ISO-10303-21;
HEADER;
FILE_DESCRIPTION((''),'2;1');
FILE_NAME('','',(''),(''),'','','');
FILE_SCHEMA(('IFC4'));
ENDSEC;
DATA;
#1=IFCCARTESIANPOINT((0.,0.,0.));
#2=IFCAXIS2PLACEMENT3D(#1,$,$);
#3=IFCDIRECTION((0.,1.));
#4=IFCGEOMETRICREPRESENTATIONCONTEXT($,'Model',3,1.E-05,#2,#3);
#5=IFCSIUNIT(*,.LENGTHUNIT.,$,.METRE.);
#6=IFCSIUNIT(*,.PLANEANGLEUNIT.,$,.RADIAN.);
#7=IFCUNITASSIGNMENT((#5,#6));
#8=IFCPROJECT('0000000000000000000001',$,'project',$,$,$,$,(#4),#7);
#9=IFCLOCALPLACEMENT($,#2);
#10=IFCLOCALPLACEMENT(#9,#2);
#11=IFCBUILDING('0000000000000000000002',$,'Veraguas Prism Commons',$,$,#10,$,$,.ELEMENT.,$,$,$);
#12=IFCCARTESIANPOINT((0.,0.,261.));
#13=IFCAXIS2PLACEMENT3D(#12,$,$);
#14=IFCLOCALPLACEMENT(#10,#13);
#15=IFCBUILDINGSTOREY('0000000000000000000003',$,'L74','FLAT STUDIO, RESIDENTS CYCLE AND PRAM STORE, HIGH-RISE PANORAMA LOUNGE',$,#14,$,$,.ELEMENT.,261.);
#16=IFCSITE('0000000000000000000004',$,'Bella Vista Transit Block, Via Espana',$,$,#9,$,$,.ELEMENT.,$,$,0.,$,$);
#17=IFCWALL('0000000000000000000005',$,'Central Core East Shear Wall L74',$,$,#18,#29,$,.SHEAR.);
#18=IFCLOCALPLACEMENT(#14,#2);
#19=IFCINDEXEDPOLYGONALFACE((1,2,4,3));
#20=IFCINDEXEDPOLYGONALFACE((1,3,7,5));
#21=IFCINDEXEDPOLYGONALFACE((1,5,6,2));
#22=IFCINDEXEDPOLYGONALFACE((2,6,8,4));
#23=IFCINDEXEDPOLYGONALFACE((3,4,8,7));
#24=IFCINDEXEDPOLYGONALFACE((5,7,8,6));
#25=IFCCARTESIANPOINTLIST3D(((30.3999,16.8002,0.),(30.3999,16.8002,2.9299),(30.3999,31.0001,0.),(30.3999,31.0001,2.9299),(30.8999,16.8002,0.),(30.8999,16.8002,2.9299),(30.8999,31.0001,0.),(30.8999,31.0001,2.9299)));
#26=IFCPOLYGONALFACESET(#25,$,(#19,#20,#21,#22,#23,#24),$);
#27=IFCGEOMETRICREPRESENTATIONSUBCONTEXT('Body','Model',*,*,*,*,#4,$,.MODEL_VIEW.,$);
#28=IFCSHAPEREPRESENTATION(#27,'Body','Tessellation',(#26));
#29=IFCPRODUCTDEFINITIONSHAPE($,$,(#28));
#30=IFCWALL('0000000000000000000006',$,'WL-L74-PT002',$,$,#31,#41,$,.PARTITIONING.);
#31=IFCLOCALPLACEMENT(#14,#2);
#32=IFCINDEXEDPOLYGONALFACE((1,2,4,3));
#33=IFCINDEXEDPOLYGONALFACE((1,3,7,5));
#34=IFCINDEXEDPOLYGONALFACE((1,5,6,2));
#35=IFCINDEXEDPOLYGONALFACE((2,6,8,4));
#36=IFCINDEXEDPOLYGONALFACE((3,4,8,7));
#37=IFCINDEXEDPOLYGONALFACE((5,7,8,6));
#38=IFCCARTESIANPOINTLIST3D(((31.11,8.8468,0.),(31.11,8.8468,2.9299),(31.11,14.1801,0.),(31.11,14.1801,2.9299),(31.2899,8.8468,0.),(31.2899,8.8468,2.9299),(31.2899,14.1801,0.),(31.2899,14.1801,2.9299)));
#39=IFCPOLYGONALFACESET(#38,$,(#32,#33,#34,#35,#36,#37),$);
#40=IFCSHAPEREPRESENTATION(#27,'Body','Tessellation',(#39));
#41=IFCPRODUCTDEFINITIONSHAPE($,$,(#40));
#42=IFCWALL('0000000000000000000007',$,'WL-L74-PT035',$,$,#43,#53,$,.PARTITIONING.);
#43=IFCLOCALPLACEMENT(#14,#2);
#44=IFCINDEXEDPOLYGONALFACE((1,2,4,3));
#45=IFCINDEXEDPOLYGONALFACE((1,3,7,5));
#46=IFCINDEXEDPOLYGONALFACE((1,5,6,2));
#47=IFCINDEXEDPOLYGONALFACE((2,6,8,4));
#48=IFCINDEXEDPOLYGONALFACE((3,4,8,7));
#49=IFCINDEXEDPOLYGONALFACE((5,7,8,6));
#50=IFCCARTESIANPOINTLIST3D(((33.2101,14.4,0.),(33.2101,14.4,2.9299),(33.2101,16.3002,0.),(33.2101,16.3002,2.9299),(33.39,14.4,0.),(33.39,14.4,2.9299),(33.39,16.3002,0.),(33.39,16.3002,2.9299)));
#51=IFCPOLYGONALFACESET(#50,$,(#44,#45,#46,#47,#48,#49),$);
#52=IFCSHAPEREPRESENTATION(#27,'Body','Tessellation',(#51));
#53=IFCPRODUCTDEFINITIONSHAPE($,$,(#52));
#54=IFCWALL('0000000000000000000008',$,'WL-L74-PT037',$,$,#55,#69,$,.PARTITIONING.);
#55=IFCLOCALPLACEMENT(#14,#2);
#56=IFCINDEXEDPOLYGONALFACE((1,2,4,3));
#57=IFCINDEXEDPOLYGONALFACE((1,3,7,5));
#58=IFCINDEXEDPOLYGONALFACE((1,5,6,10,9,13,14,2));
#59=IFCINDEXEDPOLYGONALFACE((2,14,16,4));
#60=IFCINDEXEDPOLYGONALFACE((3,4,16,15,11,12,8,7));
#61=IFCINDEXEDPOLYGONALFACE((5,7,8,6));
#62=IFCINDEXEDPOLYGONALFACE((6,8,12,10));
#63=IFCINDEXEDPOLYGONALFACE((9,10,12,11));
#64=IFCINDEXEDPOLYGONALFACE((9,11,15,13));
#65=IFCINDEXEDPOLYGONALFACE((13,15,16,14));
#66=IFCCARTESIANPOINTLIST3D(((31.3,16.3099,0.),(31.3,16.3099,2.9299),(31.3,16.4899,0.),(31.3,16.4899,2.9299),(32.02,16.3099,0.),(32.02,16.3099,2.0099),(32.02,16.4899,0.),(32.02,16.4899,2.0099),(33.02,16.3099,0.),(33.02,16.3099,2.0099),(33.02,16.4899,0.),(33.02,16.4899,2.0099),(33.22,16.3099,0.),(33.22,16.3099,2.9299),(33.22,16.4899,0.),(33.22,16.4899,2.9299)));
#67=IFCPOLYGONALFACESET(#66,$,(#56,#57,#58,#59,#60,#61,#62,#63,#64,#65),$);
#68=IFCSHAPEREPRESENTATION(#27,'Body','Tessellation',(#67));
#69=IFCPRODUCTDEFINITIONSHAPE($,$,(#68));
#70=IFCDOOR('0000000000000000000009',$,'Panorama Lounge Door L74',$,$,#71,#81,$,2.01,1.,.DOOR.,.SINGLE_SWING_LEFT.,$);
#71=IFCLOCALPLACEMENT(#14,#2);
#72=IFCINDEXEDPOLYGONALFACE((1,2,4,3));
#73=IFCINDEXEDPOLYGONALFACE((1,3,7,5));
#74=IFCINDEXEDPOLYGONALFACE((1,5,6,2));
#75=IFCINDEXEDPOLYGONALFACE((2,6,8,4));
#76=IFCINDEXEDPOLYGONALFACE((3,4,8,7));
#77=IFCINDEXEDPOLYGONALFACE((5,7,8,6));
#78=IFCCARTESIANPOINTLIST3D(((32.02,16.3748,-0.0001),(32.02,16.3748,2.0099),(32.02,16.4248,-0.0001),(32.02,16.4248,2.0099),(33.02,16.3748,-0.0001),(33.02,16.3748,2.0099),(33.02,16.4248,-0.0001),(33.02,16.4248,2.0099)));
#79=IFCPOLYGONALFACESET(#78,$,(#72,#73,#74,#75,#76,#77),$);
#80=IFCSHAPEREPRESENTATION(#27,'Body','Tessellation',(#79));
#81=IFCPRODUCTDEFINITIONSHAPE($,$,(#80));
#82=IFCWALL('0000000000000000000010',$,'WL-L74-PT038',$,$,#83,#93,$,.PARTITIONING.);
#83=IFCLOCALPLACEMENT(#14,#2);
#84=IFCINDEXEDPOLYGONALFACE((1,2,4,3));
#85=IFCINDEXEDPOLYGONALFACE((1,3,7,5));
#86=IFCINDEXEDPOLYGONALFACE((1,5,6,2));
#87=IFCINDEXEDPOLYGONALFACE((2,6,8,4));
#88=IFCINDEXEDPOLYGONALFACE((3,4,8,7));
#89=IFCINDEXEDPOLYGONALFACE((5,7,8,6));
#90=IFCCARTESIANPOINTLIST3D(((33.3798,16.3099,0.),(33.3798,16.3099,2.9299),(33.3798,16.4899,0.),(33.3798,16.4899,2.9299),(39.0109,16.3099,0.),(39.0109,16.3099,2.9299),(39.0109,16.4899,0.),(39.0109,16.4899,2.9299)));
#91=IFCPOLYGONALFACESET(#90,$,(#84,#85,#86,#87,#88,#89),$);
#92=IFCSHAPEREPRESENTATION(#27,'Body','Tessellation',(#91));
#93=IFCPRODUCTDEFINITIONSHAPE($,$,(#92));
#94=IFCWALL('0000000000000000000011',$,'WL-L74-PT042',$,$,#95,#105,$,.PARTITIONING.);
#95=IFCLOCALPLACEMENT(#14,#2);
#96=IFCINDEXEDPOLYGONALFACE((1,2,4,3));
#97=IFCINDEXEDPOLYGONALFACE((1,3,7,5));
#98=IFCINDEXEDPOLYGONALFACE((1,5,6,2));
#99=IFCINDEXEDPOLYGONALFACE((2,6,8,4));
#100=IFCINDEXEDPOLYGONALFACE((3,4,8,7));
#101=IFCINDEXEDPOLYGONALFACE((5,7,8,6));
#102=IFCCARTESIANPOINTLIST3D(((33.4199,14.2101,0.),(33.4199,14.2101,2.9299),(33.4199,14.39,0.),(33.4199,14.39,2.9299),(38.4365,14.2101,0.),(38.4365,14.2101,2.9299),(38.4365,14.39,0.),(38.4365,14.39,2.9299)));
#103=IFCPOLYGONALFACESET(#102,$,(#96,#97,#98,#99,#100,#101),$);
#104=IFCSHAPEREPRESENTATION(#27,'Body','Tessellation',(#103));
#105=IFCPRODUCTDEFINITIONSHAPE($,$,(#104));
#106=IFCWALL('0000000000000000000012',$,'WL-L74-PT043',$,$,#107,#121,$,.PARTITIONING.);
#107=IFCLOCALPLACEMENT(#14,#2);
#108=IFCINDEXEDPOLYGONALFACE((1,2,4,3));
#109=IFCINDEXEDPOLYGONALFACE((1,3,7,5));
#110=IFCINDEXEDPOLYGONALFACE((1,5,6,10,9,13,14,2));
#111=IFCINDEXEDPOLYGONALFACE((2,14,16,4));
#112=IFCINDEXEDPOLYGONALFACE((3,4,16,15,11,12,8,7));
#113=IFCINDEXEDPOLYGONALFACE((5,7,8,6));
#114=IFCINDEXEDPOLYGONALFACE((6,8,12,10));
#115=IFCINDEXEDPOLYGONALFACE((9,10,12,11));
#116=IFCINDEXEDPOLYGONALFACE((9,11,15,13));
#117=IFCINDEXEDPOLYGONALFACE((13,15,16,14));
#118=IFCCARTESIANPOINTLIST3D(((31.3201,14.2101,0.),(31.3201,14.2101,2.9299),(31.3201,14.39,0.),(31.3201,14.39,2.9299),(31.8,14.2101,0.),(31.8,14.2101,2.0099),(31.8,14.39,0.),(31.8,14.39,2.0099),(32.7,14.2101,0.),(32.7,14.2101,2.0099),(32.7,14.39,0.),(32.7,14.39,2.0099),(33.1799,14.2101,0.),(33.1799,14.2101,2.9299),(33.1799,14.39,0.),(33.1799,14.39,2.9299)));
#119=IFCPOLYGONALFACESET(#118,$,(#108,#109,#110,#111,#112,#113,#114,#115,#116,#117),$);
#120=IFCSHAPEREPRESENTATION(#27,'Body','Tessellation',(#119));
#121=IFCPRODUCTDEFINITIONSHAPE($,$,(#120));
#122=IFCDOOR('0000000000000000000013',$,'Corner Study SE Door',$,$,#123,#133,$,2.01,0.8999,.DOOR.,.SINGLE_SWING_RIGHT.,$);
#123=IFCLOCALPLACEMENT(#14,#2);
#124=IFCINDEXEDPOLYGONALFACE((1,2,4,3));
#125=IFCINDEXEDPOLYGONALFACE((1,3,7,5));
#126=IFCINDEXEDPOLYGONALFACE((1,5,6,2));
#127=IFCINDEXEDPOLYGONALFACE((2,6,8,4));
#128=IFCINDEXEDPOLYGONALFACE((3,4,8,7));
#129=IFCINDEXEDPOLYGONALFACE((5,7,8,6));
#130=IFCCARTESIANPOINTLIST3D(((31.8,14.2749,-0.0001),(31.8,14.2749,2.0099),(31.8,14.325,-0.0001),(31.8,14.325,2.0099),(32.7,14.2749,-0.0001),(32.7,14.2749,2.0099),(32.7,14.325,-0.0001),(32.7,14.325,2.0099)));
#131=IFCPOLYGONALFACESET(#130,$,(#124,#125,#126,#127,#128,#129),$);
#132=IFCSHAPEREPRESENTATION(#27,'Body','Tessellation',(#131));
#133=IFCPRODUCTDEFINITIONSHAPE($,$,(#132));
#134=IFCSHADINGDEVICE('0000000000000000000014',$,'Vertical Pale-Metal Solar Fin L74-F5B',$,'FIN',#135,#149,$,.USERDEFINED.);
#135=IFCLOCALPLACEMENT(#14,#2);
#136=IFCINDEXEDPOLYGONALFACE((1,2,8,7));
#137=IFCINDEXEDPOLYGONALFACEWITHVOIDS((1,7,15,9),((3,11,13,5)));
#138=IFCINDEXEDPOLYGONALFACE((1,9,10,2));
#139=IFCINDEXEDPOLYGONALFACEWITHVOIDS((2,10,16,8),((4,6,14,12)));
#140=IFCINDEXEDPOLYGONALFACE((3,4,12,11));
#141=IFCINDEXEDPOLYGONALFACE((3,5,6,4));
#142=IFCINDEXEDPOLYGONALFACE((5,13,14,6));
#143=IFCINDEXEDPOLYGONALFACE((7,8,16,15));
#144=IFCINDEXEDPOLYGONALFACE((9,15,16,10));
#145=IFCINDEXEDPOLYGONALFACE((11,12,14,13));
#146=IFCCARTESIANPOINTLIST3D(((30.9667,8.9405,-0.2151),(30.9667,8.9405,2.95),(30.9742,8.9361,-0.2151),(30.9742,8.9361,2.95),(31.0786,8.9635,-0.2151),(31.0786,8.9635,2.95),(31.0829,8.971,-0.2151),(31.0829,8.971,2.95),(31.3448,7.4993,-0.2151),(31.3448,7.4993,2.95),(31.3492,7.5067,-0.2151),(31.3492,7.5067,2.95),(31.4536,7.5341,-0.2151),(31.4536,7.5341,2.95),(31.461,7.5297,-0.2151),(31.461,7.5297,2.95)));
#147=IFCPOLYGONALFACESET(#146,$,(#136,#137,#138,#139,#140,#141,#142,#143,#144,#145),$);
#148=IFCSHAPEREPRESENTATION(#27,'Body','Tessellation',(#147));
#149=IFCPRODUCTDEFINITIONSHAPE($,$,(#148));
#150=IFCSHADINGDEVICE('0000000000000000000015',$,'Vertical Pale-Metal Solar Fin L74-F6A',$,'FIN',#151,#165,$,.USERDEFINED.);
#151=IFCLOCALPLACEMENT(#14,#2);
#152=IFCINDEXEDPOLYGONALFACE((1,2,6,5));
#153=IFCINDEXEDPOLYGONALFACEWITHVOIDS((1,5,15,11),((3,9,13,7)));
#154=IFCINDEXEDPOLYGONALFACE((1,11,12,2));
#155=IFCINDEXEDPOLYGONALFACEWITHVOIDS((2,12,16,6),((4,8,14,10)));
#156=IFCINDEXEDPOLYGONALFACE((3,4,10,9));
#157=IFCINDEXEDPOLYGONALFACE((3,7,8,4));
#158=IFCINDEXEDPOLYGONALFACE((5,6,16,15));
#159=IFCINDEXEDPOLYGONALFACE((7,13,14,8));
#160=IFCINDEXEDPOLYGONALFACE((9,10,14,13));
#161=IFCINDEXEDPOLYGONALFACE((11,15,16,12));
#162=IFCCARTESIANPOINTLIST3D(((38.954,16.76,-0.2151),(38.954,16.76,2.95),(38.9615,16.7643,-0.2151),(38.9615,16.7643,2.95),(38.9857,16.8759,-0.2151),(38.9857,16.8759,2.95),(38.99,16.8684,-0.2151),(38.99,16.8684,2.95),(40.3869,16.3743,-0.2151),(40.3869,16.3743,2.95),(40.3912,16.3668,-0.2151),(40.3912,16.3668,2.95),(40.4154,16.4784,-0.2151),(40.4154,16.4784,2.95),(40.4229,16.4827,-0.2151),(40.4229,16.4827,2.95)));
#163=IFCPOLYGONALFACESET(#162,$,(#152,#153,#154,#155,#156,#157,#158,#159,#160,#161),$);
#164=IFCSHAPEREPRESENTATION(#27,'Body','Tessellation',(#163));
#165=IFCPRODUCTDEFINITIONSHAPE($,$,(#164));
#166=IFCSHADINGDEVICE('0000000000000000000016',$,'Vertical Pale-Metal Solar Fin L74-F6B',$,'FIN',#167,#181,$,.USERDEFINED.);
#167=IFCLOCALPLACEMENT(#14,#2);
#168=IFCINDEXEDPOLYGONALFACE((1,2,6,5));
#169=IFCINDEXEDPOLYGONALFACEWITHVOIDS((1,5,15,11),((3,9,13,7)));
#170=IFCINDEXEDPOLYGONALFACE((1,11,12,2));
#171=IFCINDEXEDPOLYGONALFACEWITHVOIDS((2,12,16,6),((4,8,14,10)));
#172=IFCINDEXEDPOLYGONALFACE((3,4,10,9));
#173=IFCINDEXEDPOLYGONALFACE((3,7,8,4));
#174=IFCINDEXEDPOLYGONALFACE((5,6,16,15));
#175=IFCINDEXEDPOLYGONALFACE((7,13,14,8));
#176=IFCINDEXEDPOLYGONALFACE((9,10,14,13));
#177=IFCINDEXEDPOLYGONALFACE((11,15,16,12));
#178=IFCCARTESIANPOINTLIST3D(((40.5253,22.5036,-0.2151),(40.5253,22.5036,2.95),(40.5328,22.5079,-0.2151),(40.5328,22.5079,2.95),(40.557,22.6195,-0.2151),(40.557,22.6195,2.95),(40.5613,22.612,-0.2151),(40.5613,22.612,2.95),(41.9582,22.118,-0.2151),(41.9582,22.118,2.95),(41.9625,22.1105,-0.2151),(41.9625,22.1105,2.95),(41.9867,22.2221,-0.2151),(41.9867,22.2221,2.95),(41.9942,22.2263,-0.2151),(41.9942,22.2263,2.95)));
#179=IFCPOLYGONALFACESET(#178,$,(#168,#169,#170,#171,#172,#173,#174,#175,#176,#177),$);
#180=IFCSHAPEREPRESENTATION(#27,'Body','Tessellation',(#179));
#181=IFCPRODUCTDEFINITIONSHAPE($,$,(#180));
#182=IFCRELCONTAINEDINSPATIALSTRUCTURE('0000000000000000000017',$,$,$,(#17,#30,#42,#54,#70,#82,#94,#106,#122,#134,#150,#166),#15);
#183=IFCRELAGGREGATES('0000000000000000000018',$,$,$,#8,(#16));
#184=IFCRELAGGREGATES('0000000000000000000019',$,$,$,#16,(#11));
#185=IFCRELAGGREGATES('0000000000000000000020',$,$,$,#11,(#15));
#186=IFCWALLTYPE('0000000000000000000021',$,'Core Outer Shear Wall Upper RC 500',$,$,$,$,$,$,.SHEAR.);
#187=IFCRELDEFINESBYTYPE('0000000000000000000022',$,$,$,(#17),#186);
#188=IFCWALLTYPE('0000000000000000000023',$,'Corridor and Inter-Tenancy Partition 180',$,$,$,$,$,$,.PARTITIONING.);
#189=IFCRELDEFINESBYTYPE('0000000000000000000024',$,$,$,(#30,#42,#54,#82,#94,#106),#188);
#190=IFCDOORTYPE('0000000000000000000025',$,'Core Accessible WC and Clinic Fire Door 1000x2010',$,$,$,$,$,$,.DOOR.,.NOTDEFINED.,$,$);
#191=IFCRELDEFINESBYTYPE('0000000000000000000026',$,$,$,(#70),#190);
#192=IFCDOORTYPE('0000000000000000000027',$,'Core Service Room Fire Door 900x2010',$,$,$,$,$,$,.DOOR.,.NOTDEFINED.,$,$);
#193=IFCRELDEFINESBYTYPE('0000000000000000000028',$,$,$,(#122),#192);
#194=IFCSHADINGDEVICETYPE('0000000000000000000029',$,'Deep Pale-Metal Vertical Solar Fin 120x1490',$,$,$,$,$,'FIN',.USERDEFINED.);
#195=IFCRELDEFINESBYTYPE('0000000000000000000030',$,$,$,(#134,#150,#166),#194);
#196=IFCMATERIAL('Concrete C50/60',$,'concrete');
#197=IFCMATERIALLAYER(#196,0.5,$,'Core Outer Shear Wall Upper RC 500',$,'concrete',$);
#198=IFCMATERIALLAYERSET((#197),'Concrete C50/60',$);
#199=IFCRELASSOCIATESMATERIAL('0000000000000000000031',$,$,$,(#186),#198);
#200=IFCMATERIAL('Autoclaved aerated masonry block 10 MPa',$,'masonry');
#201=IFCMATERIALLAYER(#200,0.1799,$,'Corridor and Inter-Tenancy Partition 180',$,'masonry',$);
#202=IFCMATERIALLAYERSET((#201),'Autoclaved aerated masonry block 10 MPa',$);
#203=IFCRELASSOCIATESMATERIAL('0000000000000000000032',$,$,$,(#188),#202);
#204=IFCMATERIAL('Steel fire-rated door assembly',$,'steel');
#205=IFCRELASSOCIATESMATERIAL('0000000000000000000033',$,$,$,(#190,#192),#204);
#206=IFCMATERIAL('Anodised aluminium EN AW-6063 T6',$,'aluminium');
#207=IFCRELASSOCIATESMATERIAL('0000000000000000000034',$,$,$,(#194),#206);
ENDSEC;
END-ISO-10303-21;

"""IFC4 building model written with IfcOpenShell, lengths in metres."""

from ifc_helpers import new_model, si_unit, direction, frame, frame_2d, origin, origin_2d, place, context, subcontext, project, spatial, rectangle, hollow_rectangle, extrude, source, transform, mapped, material, layer, layer_set, material_profile, profile_set, type_object, element, fill, save


model = new_model("IFC4")

# Units and contexts
model_context = context("Model", 3, precision=1e-05, world=origin(), true_north=direction((0.0, 1.0)))
body_context = subcontext(model_context, "Body", "Model", "MODEL_VIEW")
ifc_project = project(units=[si_unit("LENGTHUNIT", "METRE"), si_unit("PLANEANGLEUNIT", "RADIAN")], contexts=[model_context])

# Site, building, storey
site_placement = place(None, origin())
site = spatial("IfcSite", under=ifc_project, at=site_placement, Name="Bella Vista Transit Block, Via Espana", CompositionType="ELEMENT", RefElevation=0.0)
building_placement = place(site_placement, origin())
building = spatial("IfcBuilding", under=site, at=building_placement, Name="Veraguas Prism Commons", CompositionType="ELEMENT")
storey_placement = place(building_placement, frame((0.0, 0.0, 261.0)))
storey = spatial("IfcBuildingStorey", under=building, at=storey_placement, Name="L74", Description="FLAT STUDIO, RESIDENTS CYCLE AND PRAM STORE, HIGH-RISE PANORAMA LOUNGE", CompositionType="ELEMENT", Elevation=261.0)

# Shared definitions
ifc_material_1 = material(Name="Concrete C50/60", Category="concrete")

# Shared definitions
ifc_material_2 = material(Name="Anodised aluminium EN AW-6063 T6", Category="aluminium")

# Walls
ifc_layer_1 = layer(ifc_material_1, 0.5, Name="Core Outer Shear Wall Upper RC 500", Category="concrete")
ifc_layer_set_1 = layer_set([ifc_layer_1], Name="Concrete C50/60")
wall_type_1 = type_object("IfcWallType", Name="Core Outer Shear Wall Upper RC 500", PredefinedType="SHEAR", material=ifc_layer_set_1)
wall_1_placement = place(storey_placement, frame((30.6499, 16.8, 0.0), z_axis=(0.0, 0.0, 1.0), x_axis=(0.0, 1.0, 0.0)))
element("IfcWall", 1, at=wall_1_placement, inside=storey, type_object=wall_type_1, Name="Central Core East Shear Wall L74", PredefinedType="SHEAR", context=body_context, shape_type="SweptSolid", body=[
    extrude(rectangle(XDim=14.2, YDim=0.5, at=frame_2d((7.1001, 0.0))), origin(), (0.0, 0.0, 1.0), 2.9299),
])
ifc_material_3 = material(Name="Autoclaved aerated masonry block 10 MPa", Category="masonry")
ifc_layer_2 = layer(ifc_material_3, 0.1799, Name="Corridor and Inter-Tenancy Partition 180", Category="masonry")
ifc_layer_set_2 = layer_set([ifc_layer_2], Name="Autoclaved aerated masonry block 10 MPa")
wall_type_2 = type_object("IfcWallType", Name="Corridor and Inter-Tenancy Partition 180", PredefinedType="PARTITIONING", material=ifc_layer_set_2)
wall_2_placement = place(storey_placement, frame((31.2, 14.1799, 0.0), z_axis=(0.0, 0.0, 1.0), x_axis=(0.0, -1.0, 0.0)))
element("IfcWall", 2, at=wall_2_placement, inside=storey, type_object=wall_type_2, Name="WL-L74-PT002", PredefinedType="PARTITIONING", context=body_context, shape_type="SweptSolid", body=[
    extrude(rectangle(XDim=5.3333, YDim=0.1799, at=frame_2d((2.6665, 0.0))), origin(), (0.0, 0.0, 1.0), 2.9299),
])
wall_3_placement = place(storey_placement, frame((33.3, 14.3999, 0.0), z_axis=(0.0, 0.0, 1.0), x_axis=(0.0, 1.0, 0.0)))
element("IfcWall", 3, at=wall_3_placement, inside=storey, type_object=wall_type_2, Name="WL-L74-PT035", PredefinedType="PARTITIONING", context=body_context, shape_type="SweptSolid", body=[
    extrude(rectangle(XDim=1.9001, YDim=0.1799, at=frame_2d((0.9502, 0.0))), origin(), (0.0, 0.0, 1.0), 2.9299),
])

# Wall, opening, door
wall_4_placement = place(storey_placement, frame((31.3, 16.3999, 0.0), z_axis=(0.0, 0.0, 1.0), x_axis=(1.0, 0.0, 0.0)))
wall_4 = element("IfcWall", 4, at=wall_4_placement, inside=storey, type_object=wall_type_2, Name="WL-L74-PT037", PredefinedType="PARTITIONING", context=body_context, shape_type="SweptSolid", body=[
    extrude(rectangle(XDim=1.9199, YDim=0.1799, at=frame_2d((0.96, 0.0))), origin(), (0.0, 0.0, 1.0), 2.9299),
])
opening_1_placement = place(wall_4_placement, frame((0.72, 0.0, 0.0)))
opening_1 = element("IfcOpeningElement", 5, at=opening_1_placement, cuts=wall_4, PredefinedType="OPENING", context=body_context, shape_type="SweptSolid", body=[
    extrude(rectangle(XDim=1.0, YDim=2.01, at=frame_2d((0.5, 1.0049))), frame((0.0, 0.0999, 0.0), z_axis=(0.0, -1.0, 0.0), x_axis=(1.0, 0.0, 0.0)), (0.0, 0.0, 1.0), 0.2),
])
ifc_material_4 = material(Name="Steel fire-rated door assembly", Category="steel")
door_type_1 = type_object("IfcDoorType", Name="Core Accessible WC and Clinic Fire Door 1000x2010", OperationType="NOTDEFINED", PredefinedType="DOOR", material=ifc_material_4)
shared_shape_1 = source(origin(), body_context, "Body", "SweptSolid", [
    extrude(rectangle(XDim=1.0, YDim=2.01, at=frame_2d((0.5, 1.0049))), frame((0.0, 0.0249, 0.0), z_axis=(0.0, -1.0, 0.0), x_axis=(1.0, 0.0, 0.0)), (0.0, 0.0, 1.0), 0.05),
])
door_1_placement = place(opening_1_placement, origin())
door_1 = element("IfcDoor", 6, at=door_1_placement, inside=storey, type_object=door_type_1, Name="Panorama Lounge Door L74", OperationType="SINGLE_SWING_LEFT", OverallHeight=2.01, OverallWidth=1.0, PredefinedType="DOOR", context=body_context, shape_type="MappedRepresentation", body=[
    mapped(shared_shape_1, transform((0.0, 0.0, 0.0), scale=1.0)),
])
fill(opening_1, door_1)

# Walls
wall_5_placement = place(storey_placement, frame((33.3799, 16.3999, 0.0), z_axis=(0.0, 0.0, 1.0), x_axis=(1.0, 0.0, 0.0)))
element("IfcWall", 7, at=wall_5_placement, inside=storey, type_object=wall_type_2, Name="WL-L74-PT038", PredefinedType="PARTITIONING", context=body_context, shape_type="SweptSolid", body=[
    extrude(rectangle(XDim=5.6311, YDim=0.1799, at=frame_2d((2.8154, 0.0))), origin(), (0.0, 0.0, 1.0), 2.9299),
])
wall_6_placement = place(storey_placement, frame((33.4199, 14.3, 0.0), z_axis=(0.0, 0.0, 1.0), x_axis=(1.0, 0.0, 0.0)))
element("IfcWall", 8, at=wall_6_placement, inside=storey, type_object=wall_type_2, Name="WL-L74-PT042", PredefinedType="PARTITIONING", context=body_context, shape_type="SweptSolid", body=[
    extrude(rectangle(XDim=5.0166, YDim=0.1799, at=frame_2d((2.5083, 0.0))), origin(), (0.0, 0.0, 1.0), 2.9299),
])

# Wall, opening, door
wall_7_placement = place(storey_placement, frame((31.3201, 14.3, 0.0), z_axis=(0.0, 0.0, 1.0), x_axis=(1.0, 0.0, 0.0)))
wall_7 = element("IfcWall", 9, at=wall_7_placement, inside=storey, type_object=wall_type_2, Name="WL-L74-PT043", PredefinedType="PARTITIONING", context=body_context, shape_type="SweptSolid", body=[
    extrude(rectangle(XDim=1.8599, YDim=0.1799, at=frame_2d((0.9299, 0.0))), origin(), (0.0, 0.0, 1.0), 2.9299),
])
opening_2_placement = place(wall_7_placement, frame((0.48, 0.0, 0.0)))
opening_2 = element("IfcOpeningElement", 10, at=opening_2_placement, cuts=wall_7, PredefinedType="OPENING", context=body_context, shape_type="SweptSolid", body=[
    extrude(rectangle(XDim=0.8999, YDim=2.01, at=frame_2d((0.45, 1.0049))), frame((0.0, 0.0999, 0.0), z_axis=(0.0, -1.0, 0.0), x_axis=(1.0, 0.0, 0.0)), (0.0, 0.0, 1.0), 0.2),
])
door_type_2 = type_object("IfcDoorType", Name="Core Service Room Fire Door 900x2010", OperationType="NOTDEFINED", PredefinedType="DOOR", material=ifc_material_4)
shared_shape_2 = source(origin(), body_context, "Body", "SweptSolid", [
    extrude(rectangle(XDim=0.8999, YDim=2.01, at=frame_2d((0.45, 1.0049))), frame((0.0, 0.0249, 0.0), z_axis=(0.0, -1.0, 0.0), x_axis=(1.0, 0.0, 0.0)), (0.0, 0.0, 1.0), 0.05),
])
door_2_placement = place(opening_2_placement, origin())
door_2 = element("IfcDoor", 11, at=door_2_placement, inside=storey, type_object=door_type_2, Name="Corner Study SE Door", OperationType="SINGLE_SWING_RIGHT", OverallHeight=2.01, OverallWidth=0.8999, PredefinedType="DOOR", context=body_context, shape_type="MappedRepresentation", body=[
    mapped(shared_shape_2, transform((0.0, 0.0, 0.0), scale=1.0)),
])
fill(opening_2, door_2)

# Shading devices
ifc_material_profile_1 = material_profile(ifc_material_2, hollow_rectangle(XDim=0.1201, YDim=1.49, WallThickness=0.0061, at=origin_2d()), Name="FIN120X1490X6")
ifc_profile_set_1 = profile_set([ifc_material_profile_1], Name="Anodised aluminium EN AW-6063 T6")
shading_device_type = type_object("IfcShadingDeviceType", Name="Deep Pale-Metal Vertical Solar Fin 120x1490", ElementType="FIN", PredefinedType="USERDEFINED", material=ifc_profile_set_1)
for number, where, z_axis, x_axis, name in (
    (12, (31.2139, 8.2351, -0.2151), (0.0, 0.0, 1.0), (0.967267, 0.253761, 0.0), "Vertical Pale-Metal Solar Fin L74-F5B"),
    (13, (39.6885, 16.6213, -0.2151), (0.0, 0.0, 1.0), (0.263878, 0.964556, 0.0), "Vertical Pale-Metal Solar Fin L74-F6A"),
    (14, (41.2598, 22.365, -0.2151), (0.0, 0.0, 1.0), (0.263878, 0.964556, 0.0), "Vertical Pale-Metal Solar Fin L74-F6B"),
):
    element("IfcShadingDevice", number, at=place(storey_placement, frame(where, z_axis=z_axis, x_axis=x_axis)), inside=storey, type_object=shading_device_type, Name=name, ObjectType="FIN", PredefinedType="USERDEFINED", context=body_context, shape_type="SweptSolid", body=[
        extrude(hollow_rectangle(XDim=0.1201, YDim=1.49, WallThickness=0.0061, at=origin_2d()), origin(), (0.0, 0.0, 1.0), 3.165),
    ])

save(model, "model.ifc")
